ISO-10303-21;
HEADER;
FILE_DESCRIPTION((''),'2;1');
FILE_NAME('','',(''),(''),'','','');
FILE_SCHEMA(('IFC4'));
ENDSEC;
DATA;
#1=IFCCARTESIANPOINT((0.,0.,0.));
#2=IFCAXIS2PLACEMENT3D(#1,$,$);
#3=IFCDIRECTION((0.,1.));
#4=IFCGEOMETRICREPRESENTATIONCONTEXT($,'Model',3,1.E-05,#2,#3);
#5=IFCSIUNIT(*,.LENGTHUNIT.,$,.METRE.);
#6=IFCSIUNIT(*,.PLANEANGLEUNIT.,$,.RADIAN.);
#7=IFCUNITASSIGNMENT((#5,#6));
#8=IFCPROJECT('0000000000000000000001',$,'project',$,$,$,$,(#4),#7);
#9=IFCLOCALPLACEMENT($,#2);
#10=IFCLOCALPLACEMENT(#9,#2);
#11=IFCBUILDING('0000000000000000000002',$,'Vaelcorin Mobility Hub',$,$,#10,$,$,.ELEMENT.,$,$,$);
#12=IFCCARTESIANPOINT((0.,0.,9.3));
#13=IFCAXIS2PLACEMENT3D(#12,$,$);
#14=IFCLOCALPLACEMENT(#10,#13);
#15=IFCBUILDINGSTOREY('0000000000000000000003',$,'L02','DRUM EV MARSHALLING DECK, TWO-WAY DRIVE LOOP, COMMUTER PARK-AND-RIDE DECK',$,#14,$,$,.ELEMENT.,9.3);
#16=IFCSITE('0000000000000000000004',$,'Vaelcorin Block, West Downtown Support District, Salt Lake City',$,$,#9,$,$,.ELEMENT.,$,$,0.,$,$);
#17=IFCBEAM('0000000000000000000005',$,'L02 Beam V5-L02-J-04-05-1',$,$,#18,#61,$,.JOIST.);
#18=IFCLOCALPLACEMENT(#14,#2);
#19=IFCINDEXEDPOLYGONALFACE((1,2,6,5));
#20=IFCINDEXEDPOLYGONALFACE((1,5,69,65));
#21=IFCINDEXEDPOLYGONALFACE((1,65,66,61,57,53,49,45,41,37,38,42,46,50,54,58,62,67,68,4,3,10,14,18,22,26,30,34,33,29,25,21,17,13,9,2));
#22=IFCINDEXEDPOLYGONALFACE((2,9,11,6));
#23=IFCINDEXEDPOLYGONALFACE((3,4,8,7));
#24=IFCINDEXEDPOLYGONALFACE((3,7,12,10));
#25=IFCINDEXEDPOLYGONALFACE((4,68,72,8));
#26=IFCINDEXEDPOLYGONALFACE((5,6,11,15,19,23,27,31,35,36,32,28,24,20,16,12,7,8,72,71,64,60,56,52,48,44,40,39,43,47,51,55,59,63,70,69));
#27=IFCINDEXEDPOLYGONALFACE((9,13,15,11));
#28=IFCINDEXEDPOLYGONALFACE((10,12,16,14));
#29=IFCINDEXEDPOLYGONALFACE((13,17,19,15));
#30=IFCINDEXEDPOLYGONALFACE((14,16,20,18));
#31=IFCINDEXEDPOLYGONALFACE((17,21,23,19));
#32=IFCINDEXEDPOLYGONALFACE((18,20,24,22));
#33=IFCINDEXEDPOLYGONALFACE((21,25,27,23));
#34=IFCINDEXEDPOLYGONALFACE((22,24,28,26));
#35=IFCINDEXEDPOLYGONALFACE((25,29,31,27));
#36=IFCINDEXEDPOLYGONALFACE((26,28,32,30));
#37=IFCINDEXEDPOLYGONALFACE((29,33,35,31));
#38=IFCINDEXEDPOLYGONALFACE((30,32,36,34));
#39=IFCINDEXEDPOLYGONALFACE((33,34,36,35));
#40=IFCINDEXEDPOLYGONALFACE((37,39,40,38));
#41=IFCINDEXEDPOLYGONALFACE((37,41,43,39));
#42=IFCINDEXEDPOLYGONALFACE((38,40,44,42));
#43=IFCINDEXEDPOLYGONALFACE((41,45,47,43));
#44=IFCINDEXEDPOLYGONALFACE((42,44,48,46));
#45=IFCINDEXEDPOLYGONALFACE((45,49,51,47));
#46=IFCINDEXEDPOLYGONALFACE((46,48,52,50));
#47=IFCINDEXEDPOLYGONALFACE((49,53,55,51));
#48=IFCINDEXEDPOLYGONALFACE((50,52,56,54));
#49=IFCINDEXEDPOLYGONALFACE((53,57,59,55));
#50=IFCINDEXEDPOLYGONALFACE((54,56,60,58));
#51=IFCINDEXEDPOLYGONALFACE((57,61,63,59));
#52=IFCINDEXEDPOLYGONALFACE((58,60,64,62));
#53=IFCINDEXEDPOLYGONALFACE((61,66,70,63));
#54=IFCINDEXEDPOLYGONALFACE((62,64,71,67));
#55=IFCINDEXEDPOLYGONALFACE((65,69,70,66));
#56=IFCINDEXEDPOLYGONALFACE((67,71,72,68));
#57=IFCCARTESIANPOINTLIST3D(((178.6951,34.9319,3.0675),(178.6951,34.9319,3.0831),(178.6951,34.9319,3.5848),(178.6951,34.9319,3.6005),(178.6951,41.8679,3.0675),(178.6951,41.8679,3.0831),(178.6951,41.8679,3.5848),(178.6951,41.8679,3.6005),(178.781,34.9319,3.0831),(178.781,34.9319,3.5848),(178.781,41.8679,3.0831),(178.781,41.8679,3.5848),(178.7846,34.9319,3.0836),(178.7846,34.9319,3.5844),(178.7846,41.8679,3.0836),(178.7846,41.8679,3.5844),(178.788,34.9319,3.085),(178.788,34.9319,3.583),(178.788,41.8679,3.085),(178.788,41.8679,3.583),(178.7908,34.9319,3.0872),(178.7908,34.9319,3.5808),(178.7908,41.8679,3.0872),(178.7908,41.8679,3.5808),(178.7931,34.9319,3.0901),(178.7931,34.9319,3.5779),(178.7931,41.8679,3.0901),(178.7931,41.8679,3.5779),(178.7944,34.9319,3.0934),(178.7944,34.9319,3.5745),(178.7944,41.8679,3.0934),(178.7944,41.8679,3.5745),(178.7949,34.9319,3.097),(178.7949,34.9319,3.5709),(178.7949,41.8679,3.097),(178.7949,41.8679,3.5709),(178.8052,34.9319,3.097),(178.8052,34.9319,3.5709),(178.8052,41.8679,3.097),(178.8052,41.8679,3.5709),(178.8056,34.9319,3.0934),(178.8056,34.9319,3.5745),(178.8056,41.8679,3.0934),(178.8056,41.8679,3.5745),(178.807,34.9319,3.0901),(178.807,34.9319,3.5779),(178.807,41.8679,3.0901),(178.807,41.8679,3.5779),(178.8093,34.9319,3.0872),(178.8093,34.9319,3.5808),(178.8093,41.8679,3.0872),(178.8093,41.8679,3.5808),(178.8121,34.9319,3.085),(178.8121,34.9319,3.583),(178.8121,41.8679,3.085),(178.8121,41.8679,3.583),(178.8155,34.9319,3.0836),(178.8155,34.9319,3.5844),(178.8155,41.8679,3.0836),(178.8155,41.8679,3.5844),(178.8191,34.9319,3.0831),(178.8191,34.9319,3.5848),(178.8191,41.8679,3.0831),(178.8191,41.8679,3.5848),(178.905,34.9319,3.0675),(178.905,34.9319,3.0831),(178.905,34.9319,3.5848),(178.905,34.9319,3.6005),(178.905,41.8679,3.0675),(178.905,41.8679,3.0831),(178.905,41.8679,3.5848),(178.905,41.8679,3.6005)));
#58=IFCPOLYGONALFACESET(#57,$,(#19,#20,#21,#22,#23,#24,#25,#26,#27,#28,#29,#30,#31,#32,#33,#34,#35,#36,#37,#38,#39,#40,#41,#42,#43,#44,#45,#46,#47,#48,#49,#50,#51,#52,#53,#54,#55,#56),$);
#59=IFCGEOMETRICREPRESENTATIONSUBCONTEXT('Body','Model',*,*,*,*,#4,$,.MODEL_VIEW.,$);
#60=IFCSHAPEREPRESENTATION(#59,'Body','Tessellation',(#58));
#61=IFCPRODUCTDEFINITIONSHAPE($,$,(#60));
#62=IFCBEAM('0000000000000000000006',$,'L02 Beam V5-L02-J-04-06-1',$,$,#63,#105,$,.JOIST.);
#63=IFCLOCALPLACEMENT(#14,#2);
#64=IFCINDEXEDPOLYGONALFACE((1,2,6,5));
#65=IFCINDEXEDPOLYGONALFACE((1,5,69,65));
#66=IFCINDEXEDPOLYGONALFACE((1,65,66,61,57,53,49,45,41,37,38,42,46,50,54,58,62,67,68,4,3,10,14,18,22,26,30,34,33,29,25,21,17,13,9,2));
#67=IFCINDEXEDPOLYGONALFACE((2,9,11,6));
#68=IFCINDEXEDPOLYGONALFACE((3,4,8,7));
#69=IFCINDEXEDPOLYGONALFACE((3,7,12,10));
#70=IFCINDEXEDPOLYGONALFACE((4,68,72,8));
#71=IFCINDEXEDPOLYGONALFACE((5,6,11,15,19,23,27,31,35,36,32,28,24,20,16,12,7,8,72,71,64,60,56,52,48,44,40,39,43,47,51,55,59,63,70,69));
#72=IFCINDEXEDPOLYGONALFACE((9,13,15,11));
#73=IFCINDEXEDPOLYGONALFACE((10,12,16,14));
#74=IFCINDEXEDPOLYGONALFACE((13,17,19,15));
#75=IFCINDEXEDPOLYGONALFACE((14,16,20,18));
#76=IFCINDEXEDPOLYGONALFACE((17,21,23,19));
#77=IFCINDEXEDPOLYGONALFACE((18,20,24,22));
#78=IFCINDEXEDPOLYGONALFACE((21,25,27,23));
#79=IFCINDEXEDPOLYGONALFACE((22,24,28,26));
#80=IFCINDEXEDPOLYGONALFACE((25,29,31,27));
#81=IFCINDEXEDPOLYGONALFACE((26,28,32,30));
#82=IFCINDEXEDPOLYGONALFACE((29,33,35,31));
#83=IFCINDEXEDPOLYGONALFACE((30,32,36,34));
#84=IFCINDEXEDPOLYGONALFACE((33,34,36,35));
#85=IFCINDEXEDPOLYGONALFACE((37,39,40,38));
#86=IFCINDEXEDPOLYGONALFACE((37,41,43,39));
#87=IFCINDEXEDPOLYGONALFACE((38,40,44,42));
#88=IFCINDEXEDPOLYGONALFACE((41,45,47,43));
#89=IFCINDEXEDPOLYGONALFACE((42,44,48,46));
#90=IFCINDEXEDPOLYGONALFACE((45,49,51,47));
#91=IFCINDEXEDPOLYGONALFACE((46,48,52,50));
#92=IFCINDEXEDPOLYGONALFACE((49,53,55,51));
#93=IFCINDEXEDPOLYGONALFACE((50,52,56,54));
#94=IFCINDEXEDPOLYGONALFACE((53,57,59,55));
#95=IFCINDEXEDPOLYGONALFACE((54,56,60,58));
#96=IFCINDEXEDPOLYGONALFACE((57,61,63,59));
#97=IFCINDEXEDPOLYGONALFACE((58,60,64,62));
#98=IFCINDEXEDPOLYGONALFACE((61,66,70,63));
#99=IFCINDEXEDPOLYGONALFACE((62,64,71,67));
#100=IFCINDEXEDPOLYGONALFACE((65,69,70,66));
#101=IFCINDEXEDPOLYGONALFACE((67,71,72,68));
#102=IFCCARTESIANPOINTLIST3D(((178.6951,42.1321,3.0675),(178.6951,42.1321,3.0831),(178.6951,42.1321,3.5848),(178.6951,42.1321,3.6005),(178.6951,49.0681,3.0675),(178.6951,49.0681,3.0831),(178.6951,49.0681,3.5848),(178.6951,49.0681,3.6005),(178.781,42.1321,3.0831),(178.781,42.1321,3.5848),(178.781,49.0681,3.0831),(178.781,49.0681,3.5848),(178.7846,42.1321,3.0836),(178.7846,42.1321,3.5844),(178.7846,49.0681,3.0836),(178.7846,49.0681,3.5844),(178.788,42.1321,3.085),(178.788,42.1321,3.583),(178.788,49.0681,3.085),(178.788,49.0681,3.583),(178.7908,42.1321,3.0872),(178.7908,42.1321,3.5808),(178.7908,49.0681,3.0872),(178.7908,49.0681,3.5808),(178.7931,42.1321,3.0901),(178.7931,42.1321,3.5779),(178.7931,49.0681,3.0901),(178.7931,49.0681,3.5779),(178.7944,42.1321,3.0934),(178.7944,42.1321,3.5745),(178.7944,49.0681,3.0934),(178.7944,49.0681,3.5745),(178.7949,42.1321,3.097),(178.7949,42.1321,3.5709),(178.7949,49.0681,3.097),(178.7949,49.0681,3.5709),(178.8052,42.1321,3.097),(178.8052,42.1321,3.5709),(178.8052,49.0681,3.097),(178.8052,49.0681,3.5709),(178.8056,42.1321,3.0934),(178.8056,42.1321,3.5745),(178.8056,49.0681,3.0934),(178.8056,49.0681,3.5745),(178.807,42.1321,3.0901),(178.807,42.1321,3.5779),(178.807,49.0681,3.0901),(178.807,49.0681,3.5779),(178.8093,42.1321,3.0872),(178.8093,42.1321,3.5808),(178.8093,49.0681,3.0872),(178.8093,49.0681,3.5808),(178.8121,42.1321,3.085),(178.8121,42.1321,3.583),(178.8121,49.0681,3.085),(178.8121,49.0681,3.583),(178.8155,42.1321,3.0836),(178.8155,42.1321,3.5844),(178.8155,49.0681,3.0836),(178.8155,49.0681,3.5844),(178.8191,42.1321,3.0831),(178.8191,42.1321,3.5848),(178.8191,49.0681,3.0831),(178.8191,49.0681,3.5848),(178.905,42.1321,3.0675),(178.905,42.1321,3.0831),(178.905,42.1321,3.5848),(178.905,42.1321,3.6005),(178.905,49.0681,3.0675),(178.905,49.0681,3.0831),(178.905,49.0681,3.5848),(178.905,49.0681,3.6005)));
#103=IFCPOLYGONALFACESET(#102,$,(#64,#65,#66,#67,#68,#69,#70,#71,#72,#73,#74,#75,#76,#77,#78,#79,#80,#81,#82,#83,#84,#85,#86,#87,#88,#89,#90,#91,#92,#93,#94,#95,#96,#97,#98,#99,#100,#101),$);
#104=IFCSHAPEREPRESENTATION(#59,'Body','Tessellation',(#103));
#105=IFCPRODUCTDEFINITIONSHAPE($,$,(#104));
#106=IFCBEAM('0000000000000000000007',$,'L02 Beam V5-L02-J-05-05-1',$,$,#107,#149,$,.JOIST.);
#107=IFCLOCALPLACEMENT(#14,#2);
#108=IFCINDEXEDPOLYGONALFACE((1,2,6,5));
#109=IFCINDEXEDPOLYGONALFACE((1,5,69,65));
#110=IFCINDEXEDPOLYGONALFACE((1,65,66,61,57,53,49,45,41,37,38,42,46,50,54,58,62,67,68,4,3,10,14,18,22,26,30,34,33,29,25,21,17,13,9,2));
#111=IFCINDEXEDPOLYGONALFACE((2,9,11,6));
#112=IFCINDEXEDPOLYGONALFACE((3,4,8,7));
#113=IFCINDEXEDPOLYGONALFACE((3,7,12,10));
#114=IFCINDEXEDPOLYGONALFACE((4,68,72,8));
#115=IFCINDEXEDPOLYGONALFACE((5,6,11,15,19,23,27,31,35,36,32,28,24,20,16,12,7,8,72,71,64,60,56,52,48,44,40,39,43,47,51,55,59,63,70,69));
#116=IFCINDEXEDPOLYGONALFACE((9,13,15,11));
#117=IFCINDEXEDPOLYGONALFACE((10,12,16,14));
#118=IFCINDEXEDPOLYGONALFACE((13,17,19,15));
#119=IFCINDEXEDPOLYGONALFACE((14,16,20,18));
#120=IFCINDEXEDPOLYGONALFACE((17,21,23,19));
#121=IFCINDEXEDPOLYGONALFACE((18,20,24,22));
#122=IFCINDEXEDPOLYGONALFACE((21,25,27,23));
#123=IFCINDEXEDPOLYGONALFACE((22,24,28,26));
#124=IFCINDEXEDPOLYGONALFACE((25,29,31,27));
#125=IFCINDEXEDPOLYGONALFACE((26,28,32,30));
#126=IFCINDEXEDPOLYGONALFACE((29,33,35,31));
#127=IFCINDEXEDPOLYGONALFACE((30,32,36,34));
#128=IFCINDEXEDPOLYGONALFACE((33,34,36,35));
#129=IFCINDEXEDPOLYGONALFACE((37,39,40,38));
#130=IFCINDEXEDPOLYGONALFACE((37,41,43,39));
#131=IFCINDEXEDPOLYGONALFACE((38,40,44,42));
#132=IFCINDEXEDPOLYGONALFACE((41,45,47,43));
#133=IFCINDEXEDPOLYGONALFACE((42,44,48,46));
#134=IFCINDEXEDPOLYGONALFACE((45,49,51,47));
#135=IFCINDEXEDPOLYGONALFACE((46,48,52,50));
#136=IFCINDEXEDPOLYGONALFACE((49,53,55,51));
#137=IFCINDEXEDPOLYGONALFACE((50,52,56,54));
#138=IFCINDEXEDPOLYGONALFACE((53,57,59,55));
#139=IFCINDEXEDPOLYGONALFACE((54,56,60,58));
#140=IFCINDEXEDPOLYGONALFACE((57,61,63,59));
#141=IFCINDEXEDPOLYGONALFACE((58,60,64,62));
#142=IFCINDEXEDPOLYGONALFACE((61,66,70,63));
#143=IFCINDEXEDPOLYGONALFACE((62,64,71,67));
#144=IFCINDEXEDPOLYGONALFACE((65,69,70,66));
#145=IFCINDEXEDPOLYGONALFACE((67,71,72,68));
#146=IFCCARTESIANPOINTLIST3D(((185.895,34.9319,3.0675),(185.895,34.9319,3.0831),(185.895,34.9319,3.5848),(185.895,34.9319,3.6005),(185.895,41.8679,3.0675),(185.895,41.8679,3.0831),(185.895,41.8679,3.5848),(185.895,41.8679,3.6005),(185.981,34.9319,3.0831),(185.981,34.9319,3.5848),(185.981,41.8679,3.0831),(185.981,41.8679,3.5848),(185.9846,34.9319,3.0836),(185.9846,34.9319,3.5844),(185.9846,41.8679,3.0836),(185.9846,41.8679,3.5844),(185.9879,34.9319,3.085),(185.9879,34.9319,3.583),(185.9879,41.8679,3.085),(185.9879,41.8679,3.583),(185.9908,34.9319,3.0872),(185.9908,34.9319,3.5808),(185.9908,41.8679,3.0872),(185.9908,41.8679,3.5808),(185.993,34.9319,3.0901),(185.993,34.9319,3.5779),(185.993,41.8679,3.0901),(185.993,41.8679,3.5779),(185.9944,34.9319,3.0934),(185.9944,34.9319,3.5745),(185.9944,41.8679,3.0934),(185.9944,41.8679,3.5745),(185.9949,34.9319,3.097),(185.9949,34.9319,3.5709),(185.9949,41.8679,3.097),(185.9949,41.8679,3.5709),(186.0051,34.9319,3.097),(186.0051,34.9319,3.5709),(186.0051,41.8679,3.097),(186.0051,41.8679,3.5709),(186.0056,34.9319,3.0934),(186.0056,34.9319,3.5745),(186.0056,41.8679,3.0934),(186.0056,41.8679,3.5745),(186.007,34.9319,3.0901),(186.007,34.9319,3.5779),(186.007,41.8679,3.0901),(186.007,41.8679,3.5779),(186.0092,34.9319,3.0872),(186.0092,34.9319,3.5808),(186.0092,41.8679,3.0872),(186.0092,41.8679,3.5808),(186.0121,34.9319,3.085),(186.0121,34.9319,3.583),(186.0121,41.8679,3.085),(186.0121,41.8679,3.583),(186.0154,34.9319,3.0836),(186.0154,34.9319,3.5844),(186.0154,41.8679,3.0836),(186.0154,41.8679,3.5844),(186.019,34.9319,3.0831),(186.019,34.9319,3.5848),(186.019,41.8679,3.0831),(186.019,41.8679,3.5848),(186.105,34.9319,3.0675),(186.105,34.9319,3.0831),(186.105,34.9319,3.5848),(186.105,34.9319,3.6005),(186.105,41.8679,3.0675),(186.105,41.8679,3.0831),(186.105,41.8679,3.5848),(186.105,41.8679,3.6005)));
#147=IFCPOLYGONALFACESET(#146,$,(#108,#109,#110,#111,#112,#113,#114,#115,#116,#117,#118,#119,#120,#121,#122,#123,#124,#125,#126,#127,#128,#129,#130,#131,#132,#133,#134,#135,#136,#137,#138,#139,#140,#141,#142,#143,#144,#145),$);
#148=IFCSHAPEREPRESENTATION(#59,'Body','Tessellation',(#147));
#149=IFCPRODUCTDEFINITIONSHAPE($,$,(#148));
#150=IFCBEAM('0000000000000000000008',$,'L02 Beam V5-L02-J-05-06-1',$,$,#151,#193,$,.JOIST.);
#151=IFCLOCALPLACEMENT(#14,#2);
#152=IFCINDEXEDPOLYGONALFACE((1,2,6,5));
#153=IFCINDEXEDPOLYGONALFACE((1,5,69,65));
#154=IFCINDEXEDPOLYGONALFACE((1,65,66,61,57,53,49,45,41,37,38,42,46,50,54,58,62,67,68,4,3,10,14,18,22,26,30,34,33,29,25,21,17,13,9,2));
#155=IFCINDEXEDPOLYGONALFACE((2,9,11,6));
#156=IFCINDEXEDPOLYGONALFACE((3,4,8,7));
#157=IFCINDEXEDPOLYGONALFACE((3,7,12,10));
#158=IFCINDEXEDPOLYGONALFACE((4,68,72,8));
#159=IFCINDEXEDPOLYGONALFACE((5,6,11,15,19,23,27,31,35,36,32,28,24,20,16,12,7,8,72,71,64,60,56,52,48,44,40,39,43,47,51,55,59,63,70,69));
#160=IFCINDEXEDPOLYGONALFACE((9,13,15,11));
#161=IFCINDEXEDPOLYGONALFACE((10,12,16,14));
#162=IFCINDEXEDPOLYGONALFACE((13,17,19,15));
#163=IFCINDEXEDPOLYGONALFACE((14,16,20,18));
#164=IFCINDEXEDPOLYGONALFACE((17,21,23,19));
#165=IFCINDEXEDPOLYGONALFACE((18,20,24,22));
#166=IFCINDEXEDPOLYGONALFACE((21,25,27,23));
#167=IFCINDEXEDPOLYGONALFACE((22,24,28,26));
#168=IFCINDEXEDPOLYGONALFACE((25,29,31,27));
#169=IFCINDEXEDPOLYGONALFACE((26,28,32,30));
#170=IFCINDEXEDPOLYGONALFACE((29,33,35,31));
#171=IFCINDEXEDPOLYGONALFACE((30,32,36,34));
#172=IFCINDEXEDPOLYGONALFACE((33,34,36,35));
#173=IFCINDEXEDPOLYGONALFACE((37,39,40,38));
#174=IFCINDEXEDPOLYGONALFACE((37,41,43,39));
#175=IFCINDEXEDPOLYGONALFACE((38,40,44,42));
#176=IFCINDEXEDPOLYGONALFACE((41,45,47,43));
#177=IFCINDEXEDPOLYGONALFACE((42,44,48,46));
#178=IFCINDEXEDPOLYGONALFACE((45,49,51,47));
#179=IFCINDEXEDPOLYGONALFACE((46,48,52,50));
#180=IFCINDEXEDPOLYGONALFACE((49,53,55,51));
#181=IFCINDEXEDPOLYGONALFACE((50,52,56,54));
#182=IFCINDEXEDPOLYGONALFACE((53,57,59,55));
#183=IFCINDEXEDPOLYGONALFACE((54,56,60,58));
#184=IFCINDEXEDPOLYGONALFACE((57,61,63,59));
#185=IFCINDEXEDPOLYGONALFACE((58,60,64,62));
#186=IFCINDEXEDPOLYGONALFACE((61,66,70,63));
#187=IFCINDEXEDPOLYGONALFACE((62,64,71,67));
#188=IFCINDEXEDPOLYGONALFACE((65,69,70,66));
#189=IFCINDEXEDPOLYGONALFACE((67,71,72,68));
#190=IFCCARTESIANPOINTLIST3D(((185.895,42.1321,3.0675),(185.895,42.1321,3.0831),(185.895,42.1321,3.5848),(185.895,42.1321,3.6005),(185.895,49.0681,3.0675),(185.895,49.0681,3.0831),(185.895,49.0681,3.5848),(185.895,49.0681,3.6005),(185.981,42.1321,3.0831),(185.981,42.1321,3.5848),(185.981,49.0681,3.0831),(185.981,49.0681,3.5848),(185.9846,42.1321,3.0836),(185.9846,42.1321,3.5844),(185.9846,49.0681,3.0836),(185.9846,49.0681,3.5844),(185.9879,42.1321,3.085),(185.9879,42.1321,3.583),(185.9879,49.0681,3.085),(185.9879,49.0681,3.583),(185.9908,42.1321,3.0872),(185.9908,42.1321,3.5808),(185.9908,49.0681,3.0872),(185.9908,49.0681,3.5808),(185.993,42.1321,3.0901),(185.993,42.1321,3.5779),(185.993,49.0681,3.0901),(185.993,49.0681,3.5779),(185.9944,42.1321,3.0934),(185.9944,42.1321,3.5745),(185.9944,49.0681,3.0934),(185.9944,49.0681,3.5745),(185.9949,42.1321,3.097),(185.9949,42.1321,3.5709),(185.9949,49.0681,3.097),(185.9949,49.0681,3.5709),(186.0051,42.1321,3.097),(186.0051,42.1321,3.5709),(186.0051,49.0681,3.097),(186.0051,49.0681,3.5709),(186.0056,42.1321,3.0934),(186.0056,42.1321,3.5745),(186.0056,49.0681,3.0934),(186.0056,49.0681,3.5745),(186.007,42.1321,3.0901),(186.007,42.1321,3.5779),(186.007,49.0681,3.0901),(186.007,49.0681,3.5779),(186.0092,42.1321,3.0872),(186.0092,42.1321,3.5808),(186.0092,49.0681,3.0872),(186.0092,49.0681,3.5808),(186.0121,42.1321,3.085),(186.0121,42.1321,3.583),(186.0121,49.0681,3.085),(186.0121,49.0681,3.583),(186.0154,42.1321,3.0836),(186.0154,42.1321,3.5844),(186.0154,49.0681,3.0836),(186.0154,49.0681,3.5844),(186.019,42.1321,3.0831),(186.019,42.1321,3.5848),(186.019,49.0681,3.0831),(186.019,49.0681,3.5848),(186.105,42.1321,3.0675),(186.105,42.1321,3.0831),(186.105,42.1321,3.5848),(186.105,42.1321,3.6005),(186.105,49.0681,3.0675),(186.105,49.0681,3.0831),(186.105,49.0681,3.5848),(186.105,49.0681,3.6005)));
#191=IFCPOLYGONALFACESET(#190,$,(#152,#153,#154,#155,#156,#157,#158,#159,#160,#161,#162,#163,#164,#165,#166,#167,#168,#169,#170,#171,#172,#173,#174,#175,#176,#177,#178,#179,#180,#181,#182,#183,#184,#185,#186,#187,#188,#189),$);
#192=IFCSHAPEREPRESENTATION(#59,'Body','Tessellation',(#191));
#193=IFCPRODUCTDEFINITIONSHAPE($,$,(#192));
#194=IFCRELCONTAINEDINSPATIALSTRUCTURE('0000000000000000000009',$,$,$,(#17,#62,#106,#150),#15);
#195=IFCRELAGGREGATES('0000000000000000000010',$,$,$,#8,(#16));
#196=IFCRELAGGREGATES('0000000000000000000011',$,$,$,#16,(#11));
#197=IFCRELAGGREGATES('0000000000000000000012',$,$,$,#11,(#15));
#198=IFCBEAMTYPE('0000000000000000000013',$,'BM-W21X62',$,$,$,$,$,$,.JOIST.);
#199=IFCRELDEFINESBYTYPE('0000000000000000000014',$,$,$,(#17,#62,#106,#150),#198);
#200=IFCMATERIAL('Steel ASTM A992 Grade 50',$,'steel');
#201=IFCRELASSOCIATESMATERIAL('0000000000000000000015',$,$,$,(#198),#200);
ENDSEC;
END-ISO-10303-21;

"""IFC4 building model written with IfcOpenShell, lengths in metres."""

from ifc_helpers import new_model, si_unit, direction, frame, origin, origin_2d, place, context, subcontext, project, spatial, i_section, extrude, material, material_profile, profile_set, type_object, element, save


model = new_model("IFC4")

# Units and contexts
model_context = context("Model", 3, precision=1e-05, world=origin(), true_north=direction((0.0, 1.0)))
body_context = subcontext(model_context, "Body", "Model", "MODEL_VIEW")
ifc_project = project(units=[si_unit("LENGTHUNIT", "METRE"), si_unit("PLANEANGLEUNIT", "RADIAN")], contexts=[model_context])

# Site, building, storey
site_placement = place(None, origin())
site = spatial("IfcSite", under=ifc_project, at=site_placement, Name="Vaelcorin Block, West Downtown Support District, Salt Lake City", CompositionType="ELEMENT", RefElevation=0.0)
building_placement = place(site_placement, origin())
building = spatial("IfcBuilding", under=site, at=building_placement, Name="Vaelcorin Mobility Hub", CompositionType="ELEMENT")
storey_placement = place(building_placement, frame((0.0, 0.0, 9.3)))
storey = spatial("IfcBuildingStorey", under=building, at=storey_placement, Name="L02", Description="DRUM EV MARSHALLING DECK, TWO-WAY DRIVE LOOP, COMMUTER PARK-AND-RIDE DECK", CompositionType="ELEMENT", Elevation=9.3)

# Shared definitions
ifc_material_1 = material(Name="Steel ASTM A992 Grade 50", Category="steel")

# Beams
ifc_material_profile_1 = material_profile(ifc_material_1, i_section(OverallWidth=0.21, OverallDepth=0.533, WebThickness=0.0103, FlangeThickness=0.0156, FilletRadius=0.0139, at=origin_2d()), Name="W21X62")
ifc_profile_set_1 = profile_set([ifc_material_profile_1], Name="Steel ASTM A992 Grade 50")
beam_type_1 = type_object("IfcBeamType", Name="BM-W21X62", PredefinedType="JOIST", material=ifc_profile_set_1)
for number, where, z_axis, x_axis, name in (
    (1, (178.8, 34.9319, 3.334), (0.0, 1.0, 0.0), (-1.0, 0.0, 0.0), "L02 Beam V5-L02-J-04-05-1"),
    (2, (178.8, 42.1321, 3.334), (0.0, 1.0, 0.0), (-1.0, 0.0, 0.0), "L02 Beam V5-L02-J-04-06-1"),
    (3, (186.0, 34.9319, 3.334), (0.0, 1.0, 0.0), (-1.0, 0.0, 0.0), "L02 Beam V5-L02-J-05-05-1"),
    (4, (186.0, 42.1321, 3.334), (0.0, 1.0, 0.0), (-1.0, 0.0, 0.0), "L02 Beam V5-L02-J-05-06-1"),
):
    element("IfcBeam", number, at=place(storey_placement, frame(where, z_axis=z_axis, x_axis=x_axis)), inside=storey, type_object=beam_type_1, Name=name, PredefinedType="JOIST", context=body_context, shape_type="SweptSolid", body=[
        extrude(i_section(OverallWidth=0.21, OverallDepth=0.533, WebThickness=0.0103, FlangeThickness=0.0156, FilletRadius=0.0139, at=origin_2d()), origin(), (0.0, 0.0, 1.0), 6.936),
    ])

save(model, "model.ifc")
